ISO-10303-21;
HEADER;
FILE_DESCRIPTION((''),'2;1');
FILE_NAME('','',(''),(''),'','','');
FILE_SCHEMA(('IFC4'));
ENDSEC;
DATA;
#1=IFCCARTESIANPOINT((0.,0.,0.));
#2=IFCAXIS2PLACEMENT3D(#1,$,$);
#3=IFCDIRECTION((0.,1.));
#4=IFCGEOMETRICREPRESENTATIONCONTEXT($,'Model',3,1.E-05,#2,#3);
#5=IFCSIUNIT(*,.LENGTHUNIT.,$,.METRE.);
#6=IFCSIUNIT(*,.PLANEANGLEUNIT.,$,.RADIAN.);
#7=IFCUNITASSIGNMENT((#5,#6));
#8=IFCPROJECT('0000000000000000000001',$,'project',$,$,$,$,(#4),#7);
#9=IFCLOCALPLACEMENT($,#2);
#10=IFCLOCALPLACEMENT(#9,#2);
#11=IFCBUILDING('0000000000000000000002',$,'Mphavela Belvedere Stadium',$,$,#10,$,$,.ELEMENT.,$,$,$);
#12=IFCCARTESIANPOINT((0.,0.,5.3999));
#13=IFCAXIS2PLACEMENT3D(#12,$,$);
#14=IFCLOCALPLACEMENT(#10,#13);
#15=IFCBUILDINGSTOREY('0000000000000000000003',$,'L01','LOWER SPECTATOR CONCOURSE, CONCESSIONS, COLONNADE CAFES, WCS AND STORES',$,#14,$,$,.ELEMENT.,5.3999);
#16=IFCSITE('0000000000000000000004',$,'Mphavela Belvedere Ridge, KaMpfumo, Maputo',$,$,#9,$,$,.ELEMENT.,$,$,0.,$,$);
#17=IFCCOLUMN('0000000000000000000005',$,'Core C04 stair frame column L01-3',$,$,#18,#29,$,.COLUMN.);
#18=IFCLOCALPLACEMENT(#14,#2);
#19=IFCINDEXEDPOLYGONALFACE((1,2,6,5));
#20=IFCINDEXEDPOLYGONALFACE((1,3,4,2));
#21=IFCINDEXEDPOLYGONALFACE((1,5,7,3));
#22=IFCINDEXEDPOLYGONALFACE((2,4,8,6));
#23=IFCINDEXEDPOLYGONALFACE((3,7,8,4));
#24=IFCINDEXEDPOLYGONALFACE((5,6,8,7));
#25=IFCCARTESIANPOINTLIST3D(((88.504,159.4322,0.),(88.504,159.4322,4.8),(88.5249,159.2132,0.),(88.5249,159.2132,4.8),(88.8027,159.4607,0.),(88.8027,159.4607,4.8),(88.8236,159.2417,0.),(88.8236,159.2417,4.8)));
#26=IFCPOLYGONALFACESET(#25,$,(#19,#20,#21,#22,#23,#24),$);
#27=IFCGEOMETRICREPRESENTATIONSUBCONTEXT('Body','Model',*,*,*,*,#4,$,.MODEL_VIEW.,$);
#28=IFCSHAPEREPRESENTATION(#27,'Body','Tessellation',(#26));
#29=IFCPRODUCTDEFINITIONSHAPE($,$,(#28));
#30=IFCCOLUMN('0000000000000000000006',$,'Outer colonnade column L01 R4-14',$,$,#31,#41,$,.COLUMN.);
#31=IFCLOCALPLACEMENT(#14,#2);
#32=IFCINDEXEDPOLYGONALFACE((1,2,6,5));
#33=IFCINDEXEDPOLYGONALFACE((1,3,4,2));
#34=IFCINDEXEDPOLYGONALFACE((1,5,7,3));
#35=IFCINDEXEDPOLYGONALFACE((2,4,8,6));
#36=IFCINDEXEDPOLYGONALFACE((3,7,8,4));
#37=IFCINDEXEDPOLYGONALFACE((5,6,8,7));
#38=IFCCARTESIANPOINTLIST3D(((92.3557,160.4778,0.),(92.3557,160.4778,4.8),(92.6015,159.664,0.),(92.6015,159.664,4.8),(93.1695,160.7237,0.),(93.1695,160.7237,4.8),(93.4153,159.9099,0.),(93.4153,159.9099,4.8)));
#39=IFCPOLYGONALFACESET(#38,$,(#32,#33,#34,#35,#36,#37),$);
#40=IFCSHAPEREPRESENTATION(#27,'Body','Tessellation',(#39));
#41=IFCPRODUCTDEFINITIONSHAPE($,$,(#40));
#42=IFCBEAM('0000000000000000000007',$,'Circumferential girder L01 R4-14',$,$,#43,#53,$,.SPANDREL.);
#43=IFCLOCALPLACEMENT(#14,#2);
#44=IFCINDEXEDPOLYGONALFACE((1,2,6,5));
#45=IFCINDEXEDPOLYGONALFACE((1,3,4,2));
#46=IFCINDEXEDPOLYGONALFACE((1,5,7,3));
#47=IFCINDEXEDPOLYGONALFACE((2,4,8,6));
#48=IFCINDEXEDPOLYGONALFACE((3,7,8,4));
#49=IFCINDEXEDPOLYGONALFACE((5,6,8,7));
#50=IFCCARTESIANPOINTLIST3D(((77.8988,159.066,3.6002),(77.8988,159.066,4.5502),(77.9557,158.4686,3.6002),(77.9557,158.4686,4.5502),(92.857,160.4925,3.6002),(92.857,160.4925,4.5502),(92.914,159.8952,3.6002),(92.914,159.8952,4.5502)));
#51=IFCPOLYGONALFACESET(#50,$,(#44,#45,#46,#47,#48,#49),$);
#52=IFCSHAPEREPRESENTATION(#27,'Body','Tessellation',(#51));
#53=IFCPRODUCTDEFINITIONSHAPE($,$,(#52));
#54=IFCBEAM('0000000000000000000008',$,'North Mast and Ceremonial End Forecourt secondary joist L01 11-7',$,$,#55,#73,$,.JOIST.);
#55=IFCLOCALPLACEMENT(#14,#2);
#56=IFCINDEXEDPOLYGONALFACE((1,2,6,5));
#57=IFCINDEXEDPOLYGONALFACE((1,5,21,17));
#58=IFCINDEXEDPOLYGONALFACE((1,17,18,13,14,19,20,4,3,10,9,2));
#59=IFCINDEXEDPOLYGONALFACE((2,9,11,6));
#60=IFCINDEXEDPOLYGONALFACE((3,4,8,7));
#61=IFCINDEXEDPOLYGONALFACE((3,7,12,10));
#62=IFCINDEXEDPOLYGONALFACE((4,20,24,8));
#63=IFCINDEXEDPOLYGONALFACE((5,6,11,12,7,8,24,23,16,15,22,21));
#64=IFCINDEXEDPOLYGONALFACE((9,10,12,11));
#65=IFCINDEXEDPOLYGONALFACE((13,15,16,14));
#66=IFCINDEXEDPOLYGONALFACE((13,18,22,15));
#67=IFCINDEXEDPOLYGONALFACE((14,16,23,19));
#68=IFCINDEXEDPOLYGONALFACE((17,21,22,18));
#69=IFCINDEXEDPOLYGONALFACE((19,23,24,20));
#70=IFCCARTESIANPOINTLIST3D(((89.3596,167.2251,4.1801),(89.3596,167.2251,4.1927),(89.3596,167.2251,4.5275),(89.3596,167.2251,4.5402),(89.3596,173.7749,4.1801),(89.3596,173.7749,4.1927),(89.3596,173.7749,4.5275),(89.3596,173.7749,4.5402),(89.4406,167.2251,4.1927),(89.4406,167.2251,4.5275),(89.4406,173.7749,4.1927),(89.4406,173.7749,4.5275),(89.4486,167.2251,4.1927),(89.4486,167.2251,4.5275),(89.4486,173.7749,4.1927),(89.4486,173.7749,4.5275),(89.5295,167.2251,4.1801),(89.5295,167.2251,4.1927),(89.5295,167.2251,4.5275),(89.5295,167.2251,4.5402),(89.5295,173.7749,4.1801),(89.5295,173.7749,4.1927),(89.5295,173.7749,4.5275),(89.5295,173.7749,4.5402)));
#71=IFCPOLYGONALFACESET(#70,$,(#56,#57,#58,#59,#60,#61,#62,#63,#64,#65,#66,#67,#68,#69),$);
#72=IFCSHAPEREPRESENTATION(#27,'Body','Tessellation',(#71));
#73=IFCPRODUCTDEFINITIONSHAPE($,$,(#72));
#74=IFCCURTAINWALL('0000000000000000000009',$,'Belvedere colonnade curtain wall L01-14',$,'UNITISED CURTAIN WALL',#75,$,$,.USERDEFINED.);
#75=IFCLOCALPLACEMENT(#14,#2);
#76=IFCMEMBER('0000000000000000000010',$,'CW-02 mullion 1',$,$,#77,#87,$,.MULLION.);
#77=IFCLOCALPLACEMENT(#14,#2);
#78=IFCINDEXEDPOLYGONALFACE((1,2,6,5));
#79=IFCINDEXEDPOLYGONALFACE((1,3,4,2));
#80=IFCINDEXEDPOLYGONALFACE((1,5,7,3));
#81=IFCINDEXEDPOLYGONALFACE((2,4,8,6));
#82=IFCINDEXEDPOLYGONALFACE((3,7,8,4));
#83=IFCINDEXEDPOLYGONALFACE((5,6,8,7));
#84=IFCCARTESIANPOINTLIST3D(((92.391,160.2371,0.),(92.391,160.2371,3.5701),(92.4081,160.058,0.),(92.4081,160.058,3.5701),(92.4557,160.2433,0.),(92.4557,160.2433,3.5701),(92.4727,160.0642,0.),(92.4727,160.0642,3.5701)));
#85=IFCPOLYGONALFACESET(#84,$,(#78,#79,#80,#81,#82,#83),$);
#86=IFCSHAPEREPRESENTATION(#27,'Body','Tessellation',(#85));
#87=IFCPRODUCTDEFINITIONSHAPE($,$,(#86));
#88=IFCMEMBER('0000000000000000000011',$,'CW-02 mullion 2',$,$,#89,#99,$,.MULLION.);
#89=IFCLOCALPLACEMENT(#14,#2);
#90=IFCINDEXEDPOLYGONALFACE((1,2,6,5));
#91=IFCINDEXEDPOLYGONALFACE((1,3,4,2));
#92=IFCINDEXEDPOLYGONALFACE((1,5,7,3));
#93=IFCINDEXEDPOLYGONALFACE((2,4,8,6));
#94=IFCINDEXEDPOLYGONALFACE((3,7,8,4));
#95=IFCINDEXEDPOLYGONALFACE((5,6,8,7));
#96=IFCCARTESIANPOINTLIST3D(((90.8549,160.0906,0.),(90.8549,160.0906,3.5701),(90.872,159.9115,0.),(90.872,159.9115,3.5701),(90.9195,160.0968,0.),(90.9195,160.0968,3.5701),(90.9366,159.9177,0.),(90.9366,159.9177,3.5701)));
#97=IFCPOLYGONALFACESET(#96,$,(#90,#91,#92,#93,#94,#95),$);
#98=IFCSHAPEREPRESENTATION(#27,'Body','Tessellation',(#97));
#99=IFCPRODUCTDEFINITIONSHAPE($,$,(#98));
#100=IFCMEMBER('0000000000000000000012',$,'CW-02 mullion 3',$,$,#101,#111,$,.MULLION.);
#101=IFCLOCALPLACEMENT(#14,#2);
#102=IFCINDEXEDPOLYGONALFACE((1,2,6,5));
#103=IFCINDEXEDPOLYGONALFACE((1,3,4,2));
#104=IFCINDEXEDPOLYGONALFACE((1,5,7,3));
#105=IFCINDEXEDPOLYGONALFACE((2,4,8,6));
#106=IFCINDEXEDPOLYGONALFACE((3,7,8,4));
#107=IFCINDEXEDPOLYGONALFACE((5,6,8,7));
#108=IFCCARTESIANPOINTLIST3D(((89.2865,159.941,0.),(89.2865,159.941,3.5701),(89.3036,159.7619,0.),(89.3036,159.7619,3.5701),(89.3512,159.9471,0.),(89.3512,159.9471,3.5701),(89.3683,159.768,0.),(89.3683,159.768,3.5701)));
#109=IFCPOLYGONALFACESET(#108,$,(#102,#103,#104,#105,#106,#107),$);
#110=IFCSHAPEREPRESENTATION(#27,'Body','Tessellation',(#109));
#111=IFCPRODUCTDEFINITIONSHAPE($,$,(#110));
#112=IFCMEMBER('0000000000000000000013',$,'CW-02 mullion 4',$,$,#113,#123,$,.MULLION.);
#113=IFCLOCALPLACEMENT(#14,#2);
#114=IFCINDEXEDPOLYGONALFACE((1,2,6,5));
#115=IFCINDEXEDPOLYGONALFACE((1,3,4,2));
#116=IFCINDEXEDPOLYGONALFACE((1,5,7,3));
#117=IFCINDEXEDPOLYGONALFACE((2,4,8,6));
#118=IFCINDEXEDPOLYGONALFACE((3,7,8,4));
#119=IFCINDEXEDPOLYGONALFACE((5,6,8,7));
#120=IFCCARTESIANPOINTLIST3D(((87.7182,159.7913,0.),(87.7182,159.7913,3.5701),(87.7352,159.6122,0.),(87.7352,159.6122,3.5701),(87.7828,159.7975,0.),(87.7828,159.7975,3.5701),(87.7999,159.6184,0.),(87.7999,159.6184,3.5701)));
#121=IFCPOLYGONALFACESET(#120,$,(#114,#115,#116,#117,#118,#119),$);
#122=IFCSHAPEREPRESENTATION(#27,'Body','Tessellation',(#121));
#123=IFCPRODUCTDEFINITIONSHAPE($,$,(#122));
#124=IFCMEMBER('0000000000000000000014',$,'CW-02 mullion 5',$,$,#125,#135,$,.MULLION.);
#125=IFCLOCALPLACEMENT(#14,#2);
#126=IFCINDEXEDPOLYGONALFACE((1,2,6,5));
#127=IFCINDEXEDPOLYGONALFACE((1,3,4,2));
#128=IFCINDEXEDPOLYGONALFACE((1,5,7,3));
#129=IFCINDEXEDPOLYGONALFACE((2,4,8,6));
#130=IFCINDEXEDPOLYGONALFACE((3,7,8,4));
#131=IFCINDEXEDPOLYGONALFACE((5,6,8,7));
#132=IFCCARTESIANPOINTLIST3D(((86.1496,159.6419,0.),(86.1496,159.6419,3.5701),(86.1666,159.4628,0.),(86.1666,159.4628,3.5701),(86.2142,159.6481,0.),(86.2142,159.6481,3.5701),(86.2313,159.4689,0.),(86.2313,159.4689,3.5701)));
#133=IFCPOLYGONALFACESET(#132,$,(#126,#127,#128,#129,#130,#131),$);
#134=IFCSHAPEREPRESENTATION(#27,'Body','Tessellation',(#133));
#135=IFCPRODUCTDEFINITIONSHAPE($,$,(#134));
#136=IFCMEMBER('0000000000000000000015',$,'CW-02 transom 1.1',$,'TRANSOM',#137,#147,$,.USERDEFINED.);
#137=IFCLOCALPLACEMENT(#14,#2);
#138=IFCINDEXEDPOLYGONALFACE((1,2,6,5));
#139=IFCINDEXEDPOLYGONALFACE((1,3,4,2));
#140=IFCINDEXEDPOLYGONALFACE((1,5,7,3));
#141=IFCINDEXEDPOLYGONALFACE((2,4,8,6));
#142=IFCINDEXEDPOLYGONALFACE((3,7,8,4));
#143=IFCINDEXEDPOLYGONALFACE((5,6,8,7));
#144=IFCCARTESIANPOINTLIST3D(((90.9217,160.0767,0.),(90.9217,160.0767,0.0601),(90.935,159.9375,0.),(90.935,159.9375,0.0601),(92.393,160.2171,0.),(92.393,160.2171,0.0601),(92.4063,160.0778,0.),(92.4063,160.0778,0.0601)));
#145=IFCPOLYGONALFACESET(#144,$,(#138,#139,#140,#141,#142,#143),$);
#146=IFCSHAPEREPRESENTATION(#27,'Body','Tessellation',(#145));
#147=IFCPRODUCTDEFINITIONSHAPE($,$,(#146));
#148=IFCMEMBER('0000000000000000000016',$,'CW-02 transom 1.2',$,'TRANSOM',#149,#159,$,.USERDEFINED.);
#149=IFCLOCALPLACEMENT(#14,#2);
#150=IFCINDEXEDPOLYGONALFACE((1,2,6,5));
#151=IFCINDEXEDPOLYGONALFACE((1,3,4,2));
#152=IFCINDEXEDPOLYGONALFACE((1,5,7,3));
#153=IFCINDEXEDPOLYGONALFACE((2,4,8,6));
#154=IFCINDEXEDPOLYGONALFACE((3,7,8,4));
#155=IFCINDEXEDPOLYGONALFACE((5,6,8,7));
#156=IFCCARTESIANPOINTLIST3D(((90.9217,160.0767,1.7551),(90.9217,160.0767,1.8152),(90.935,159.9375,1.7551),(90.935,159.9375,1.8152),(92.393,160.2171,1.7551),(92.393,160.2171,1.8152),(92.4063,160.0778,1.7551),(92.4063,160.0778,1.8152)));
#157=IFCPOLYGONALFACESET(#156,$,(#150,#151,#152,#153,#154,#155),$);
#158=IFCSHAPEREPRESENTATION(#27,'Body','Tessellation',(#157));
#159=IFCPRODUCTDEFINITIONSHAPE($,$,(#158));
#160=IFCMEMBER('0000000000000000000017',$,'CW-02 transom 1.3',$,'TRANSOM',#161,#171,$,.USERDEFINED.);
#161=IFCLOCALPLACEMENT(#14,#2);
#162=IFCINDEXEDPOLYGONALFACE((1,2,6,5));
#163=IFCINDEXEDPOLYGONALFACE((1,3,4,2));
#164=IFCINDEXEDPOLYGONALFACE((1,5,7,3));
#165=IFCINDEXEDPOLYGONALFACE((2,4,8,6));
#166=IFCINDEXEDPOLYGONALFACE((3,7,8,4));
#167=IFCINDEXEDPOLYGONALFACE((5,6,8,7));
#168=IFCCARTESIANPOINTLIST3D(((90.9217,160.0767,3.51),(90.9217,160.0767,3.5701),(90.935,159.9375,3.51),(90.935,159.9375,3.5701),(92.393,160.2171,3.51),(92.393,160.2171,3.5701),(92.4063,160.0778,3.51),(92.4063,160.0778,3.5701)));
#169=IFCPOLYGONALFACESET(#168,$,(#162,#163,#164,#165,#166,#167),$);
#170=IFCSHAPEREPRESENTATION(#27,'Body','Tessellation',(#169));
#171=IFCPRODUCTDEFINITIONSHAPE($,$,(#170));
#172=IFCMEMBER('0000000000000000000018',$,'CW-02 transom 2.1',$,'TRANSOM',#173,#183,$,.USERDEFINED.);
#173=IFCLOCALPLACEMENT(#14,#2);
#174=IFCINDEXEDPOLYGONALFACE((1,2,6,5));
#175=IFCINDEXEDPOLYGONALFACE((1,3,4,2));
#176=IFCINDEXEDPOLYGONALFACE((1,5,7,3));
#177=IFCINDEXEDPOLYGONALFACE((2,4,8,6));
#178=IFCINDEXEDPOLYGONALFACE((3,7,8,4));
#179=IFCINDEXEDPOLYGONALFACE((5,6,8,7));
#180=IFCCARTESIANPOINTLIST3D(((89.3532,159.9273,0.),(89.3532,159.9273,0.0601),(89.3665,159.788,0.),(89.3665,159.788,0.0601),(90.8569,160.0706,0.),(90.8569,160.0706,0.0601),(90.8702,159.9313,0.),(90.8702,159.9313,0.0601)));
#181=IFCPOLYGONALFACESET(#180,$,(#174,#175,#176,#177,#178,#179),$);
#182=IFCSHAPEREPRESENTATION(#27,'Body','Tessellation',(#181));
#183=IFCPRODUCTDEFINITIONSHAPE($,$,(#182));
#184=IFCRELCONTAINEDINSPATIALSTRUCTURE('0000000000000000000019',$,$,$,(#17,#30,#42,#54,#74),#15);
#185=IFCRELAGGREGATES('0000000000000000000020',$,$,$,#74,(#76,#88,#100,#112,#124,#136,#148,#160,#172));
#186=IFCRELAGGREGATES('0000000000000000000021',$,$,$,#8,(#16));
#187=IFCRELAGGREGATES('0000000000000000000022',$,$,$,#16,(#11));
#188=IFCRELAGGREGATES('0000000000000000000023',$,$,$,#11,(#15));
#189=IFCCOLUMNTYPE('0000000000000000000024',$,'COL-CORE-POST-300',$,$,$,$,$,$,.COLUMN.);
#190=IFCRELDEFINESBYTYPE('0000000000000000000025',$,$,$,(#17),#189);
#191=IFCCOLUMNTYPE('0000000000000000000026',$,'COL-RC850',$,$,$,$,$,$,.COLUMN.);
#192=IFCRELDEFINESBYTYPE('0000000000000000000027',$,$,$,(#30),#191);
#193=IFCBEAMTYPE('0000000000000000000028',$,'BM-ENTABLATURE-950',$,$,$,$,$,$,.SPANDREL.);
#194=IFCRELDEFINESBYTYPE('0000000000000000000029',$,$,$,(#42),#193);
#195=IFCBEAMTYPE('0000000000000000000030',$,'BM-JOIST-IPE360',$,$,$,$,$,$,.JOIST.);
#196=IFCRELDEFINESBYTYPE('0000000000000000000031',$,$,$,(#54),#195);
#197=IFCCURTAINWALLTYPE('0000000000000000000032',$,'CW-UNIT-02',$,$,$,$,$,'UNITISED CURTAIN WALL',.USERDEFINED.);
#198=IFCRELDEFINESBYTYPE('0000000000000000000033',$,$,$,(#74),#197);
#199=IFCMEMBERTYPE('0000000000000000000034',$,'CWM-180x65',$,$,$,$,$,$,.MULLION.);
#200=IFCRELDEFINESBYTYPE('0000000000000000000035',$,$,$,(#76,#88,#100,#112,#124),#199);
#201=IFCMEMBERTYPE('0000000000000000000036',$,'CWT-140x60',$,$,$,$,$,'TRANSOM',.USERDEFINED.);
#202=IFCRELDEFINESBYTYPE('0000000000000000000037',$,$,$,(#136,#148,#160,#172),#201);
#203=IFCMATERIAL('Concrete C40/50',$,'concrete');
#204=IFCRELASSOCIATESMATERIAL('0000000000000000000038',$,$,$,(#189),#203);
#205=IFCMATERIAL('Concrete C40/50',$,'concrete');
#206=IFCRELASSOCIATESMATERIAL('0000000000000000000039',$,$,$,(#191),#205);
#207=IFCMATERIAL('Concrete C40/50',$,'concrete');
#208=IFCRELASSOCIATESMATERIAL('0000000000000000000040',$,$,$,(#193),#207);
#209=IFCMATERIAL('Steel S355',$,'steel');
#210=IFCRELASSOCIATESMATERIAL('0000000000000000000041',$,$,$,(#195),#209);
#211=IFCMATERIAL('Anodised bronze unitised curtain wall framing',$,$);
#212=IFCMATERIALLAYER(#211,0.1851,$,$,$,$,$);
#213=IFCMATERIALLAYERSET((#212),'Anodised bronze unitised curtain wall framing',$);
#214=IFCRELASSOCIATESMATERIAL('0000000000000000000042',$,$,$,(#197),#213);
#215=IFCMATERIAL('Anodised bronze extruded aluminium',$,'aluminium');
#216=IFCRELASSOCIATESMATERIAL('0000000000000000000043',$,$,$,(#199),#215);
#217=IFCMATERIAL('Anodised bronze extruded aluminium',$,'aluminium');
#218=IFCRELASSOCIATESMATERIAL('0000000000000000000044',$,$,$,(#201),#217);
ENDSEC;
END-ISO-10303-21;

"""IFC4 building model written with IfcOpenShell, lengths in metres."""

from ifc_helpers import new_model, si_unit, direction, frame, origin, origin_2d, place, context, subcontext, project, spatial, rectangle, i_section, extrude, material, layer, layer_set, material_profile, profile_set, type_object, element, aggregate, save


model = new_model("IFC4")

# Units and contexts
model_context = context("Model", 3, precision=1e-05, world=origin(), true_north=direction((0.0, 1.0)))
body_context = subcontext(model_context, "Body", "Model", "MODEL_VIEW")
ifc_project = project(units=[si_unit("LENGTHUNIT", "METRE"), si_unit("PLANEANGLEUNIT", "RADIAN")], contexts=[model_context])

# Site, building, storey
site_placement = place(None, origin())
site = spatial("IfcSite", under=ifc_project, at=site_placement, Name="Mphavela Belvedere Ridge, KaMpfumo, Maputo", CompositionType="ELEMENT", RefElevation=0.0)
building_placement = place(site_placement, origin())
building = spatial("IfcBuilding", under=site, at=building_placement, Name="Mphavela Belvedere Stadium", CompositionType="ELEMENT")
storey_placement = place(building_placement, frame((0.0, 0.0, 5.3999)))
storey = spatial("IfcBuildingStorey", under=building, at=storey_placement, Name="L01", Description="LOWER SPECTATOR CONCOURSE, CONCESSIONS, COLONNADE CAFES, WCS AND STORES", CompositionType="ELEMENT", Elevation=5.3999)

# Columns
ifc_material_1 = material(Name="Concrete C40/50", Category="concrete")
ifc_material_profile_1 = material_profile(ifc_material_1, rectangle(XDim=0.3, YDim=0.22, at=origin_2d()), Name="RC 300x220")
ifc_profile_set_1 = profile_set([ifc_material_profile_1], Name="Concrete C40/50")
column_type_1 = type_object("IfcColumnType", Name="COL-CORE-POST-300", PredefinedType="COLUMN", material=ifc_profile_set_1)
column_1_placement = place(storey_placement, frame((88.6638, 159.3369, 0.0), z_axis=(0.0, 0.0, 1.0), x_axis=(0.995479, 0.094977, 0.0)))
element("IfcColumn", 1, at=column_1_placement, inside=storey, type_object=column_type_1, Name="Core C04 stair frame column L01-3", PredefinedType="COLUMN", context=body_context, shape_type="SweptSolid", body=[
    extrude(rectangle(XDim=0.3, YDim=0.22, at=origin_2d()), origin(), (0.0, 0.0, 1.0), 4.8),
])
ifc_material_2 = material(Name="Concrete C40/50", Category="concrete")
ifc_material_profile_2 = material_profile(ifc_material_2, rectangle(XDim=0.8501, YDim=0.8501, at=origin_2d()), Name="RC 850x850")
ifc_profile_set_2 = profile_set([ifc_material_profile_2], Name="Concrete C40/50")
column_type_2 = type_object("IfcColumnType", Name="COL-RC850", PredefinedType="COLUMN", material=ifc_profile_set_2)
column_2_placement = place(storey_placement, frame((92.8855, 160.1938, 0.0), z_axis=(0.0, 0.0, 1.0), x_axis=(-0.289199, 0.957269, 0.0)))
element("IfcColumn", 2, at=column_2_placement, inside=storey, type_object=column_type_2, Name="Outer colonnade column L01 R4-14", PredefinedType="COLUMN", context=body_context, shape_type="SweptSolid", body=[
    extrude(rectangle(XDim=0.8501, YDim=0.8501, at=origin_2d()), origin(), (0.0, 0.0, 1.0), 4.8),
])

# Beams
ifc_material_3 = material(Name="Concrete C40/50", Category="concrete")
ifc_material_profile_3 = material_profile(ifc_material_3, rectangle(XDim=0.6001, YDim=0.95, at=origin_2d()), Name="RC 600x950")
ifc_profile_set_3 = profile_set([ifc_material_profile_3], Name="Concrete C40/50")
beam_type_1 = type_object("IfcBeamType", Name="BM-ENTABLATURE-950", PredefinedType="SPANDREL", material=ifc_profile_set_3)
beam_1_placement = place(storey_placement, frame((92.8855, 160.1938, 4.0752), z_axis=(-0.995483, -0.094936, 0.0), x_axis=(0.094936, -0.995483, 0.0)))
element("IfcBeam", 3, at=beam_1_placement, inside=storey, type_object=beam_type_1, Name="Circumferential girder L01 R4-14", PredefinedType="SPANDREL", context=body_context, shape_type="SweptSolid", body=[
    extrude(rectangle(XDim=0.6001, YDim=0.95, at=origin_2d()), origin(), (0.0, 0.0, 1.0), 15.0261),
])
ifc_material_4 = material(Name="Steel S355", Category="steel")
ifc_material_profile_4 = material_profile(ifc_material_4, i_section(OverallWidth=0.1699, OverallDepth=0.3601, WebThickness=0.0081, FlangeThickness=0.0127, at=origin_2d()), Name="IPE 360")
ifc_profile_set_4 = profile_set([ifc_material_profile_4], Name="Steel S355")
beam_type_2 = type_object("IfcBeamType", Name="BM-JOIST-IPE360", PredefinedType="JOIST", material=ifc_profile_set_4)
beam_2_placement = place(storey_placement, frame((89.4446, 167.2251, 4.3601), z_axis=(0.0, 1.0, 0.0), x_axis=(-1.0, 0.0, 0.0)))
element("IfcBeam", 4, at=beam_2_placement, inside=storey, type_object=beam_type_2, Name="North Mast and Ceremonial End Forecourt secondary joist L01 11-7", PredefinedType="JOIST", context=body_context, shape_type="SweptSolid", body=[
    extrude(i_section(OverallWidth=0.1699, OverallDepth=0.3601, WebThickness=0.0081, FlangeThickness=0.0127, at=origin_2d()), origin(), (0.0, 0.0, 1.0), 6.5498),
])

# Curtain wall, members
ifc_material_5 = material(Name="Anodised bronze unitised curtain wall framing")
ifc_layer_1 = layer(ifc_material_5, 0.1851)
ifc_layer_set_1 = layer_set([ifc_layer_1], Name="Anodised bronze unitised curtain wall framing")
curtain_wall_type = type_object("IfcCurtainWallType", Name="CW-UNIT-02", ElementType="UNITISED CURTAIN WALL", PredefinedType="USERDEFINED", material=ifc_layer_set_1)
curtain_wall_placement = place(storey_placement, origin())
curtain_wall = element("IfcCurtainWall", 5, at=curtain_wall_placement, inside=storey, type_object=curtain_wall_type, Name="Belvedere colonnade curtain wall L01-14", ObjectType="UNITISED CURTAIN WALL", PredefinedType="USERDEFINED")
ifc_material_6 = material(Name="Anodised bronze extruded aluminium", Category="aluminium")
ifc_material_profile_5 = material_profile(ifc_material_6, rectangle(XDim=0.1799, YDim=0.0649, at=origin_2d()), Name="CW-MUL 180x65")
ifc_profile_set_5 = profile_set([ifc_material_profile_5], Name="Anodised bronze extruded aluminium")
member_type_1 = type_object("IfcMemberType", Name="CWM-180x65", PredefinedType="MULLION", material=ifc_profile_set_5)
member_1_placement = place(storey_placement, frame((92.4319, 160.1506, 0.0), z_axis=(0.0, 0.0, 1.0), x_axis=(0.094922, -0.995485, 0.0)))
member_1 = element("IfcMember", 6, at=member_1_placement, type_object=member_type_1, Name="CW-02 mullion 1", PredefinedType="MULLION", context=body_context, shape_type="SweptSolid", body=[
    extrude(rectangle(XDim=0.1799, YDim=0.0649, at=origin_2d()), origin(), (0.0, 0.0, 1.0), 3.5701),
])
member_2_placement = place(storey_placement, frame((90.8958, 160.0042, 0.0), z_axis=(0.0, 0.0, 1.0), x_axis=(0.094922, -0.995485, 0.0)))
member_2 = element("IfcMember", 7, at=member_2_placement, type_object=member_type_1, Name="CW-02 mullion 2", PredefinedType="MULLION", context=body_context, shape_type="SweptSolid", body=[
    extrude(rectangle(XDim=0.1799, YDim=0.0649, at=origin_2d()), origin(), (0.0, 0.0, 1.0), 3.5701),
])
member_3_placement = place(storey_placement, frame((89.3274, 159.8545, 0.0), z_axis=(0.0, 0.0, 1.0), x_axis=(0.094922, -0.995485, 0.0)))
member_3 = element("IfcMember", 8, at=member_3_placement, type_object=member_type_1, Name="CW-02 mullion 3", PredefinedType="MULLION", context=body_context, shape_type="SweptSolid", body=[
    extrude(rectangle(XDim=0.1799, YDim=0.0649, at=origin_2d()), origin(), (0.0, 0.0, 1.0), 3.5701),
])
member_4_placement = place(storey_placement, frame((87.759, 159.7048, 0.0), z_axis=(0.0, 0.0, 1.0), x_axis=(0.094922, -0.995485, 0.0)))
member_4 = element("IfcMember", 9, at=member_4_placement, type_object=member_type_1, Name="CW-02 mullion 4", PredefinedType="MULLION", context=body_context, shape_type="SweptSolid", body=[
    extrude(rectangle(XDim=0.1799, YDim=0.0649, at=origin_2d()), origin(), (0.0, 0.0, 1.0), 3.5701),
])
member_5_placement = place(storey_placement, frame((86.1904, 159.5554, 0.0), z_axis=(0.0, 0.0, 1.0), x_axis=(0.094922, -0.995485, 0.0)))
member_5 = element("IfcMember", 10, at=member_5_placement, type_object=member_type_1, Name="CW-02 mullion 5", PredefinedType="MULLION", context=body_context, shape_type="SweptSolid", body=[
    extrude(rectangle(XDim=0.1799, YDim=0.0649, at=origin_2d()), origin(), (0.0, 0.0, 1.0), 3.5701),
])
ifc_material_7 = material(Name="Anodised bronze extruded aluminium", Category="aluminium")
ifc_material_profile_6 = material_profile(ifc_material_7, rectangle(XDim=0.1399, YDim=0.0601, at=origin_2d()), Name="CW-TRN 140x60")
ifc_profile_set_6 = profile_set([ifc_material_profile_6], Name="Anodised bronze extruded aluminium")
member_type_2 = type_object("IfcMemberType", Name="CWT-140x60", ElementType="TRANSOM", PredefinedType="USERDEFINED", material=ifc_profile_set_6)
member_6_placement = place(storey_placement, frame((92.3997, 160.1475, 0.03), z_axis=(-0.99548, -0.094973, 0.0), x_axis=(0.094973, -0.99548, 0.0)))
member_6 = element("IfcMember", 11, at=member_6_placement, type_object=member_type_2, Name="CW-02 transom 1.1", ObjectType="TRANSOM", PredefinedType="USERDEFINED", context=body_context, shape_type="SweptSolid", body=[
    extrude(rectangle(XDim=0.1399, YDim=0.0601, at=origin_2d()), origin(), (0.0, 0.0, 1.0), 1.478),
])
member_7_placement = place(storey_placement, frame((92.3997, 160.1475, 1.7852), z_axis=(-0.99548, -0.094973, 0.0), x_axis=(0.094973, -0.99548, 0.0)))
member_7 = element("IfcMember", 12, at=member_7_placement, type_object=member_type_2, Name="CW-02 transom 1.2", ObjectType="TRANSOM", PredefinedType="USERDEFINED", context=body_context, shape_type="SweptSolid", body=[
    extrude(rectangle(XDim=0.1399, YDim=0.0601, at=origin_2d()), origin(), (0.0, 0.0, 1.0), 1.478),
])
member_8_placement = place(storey_placement, frame((92.3997, 160.1475, 3.54), z_axis=(-0.99548, -0.094973, 0.0), x_axis=(0.094973, -0.99548, 0.0)))
member_8 = element("IfcMember", 13, at=member_8_placement, type_object=member_type_2, Name="CW-02 transom 1.3", ObjectType="TRANSOM", PredefinedType="USERDEFINED", context=body_context, shape_type="SweptSolid", body=[
    extrude(rectangle(XDim=0.1399, YDim=0.0601, at=origin_2d()), origin(), (0.0, 0.0, 1.0), 1.478),
])
member_9_placement = place(storey_placement, frame((90.8635, 160.001, 0.03), z_axis=(-0.995489, -0.094878, 0.0), x_axis=(0.094878, -0.995489, 0.0)))
member_9 = element("IfcMember", 14, at=member_9_placement, type_object=member_type_2, Name="CW-02 transom 2.1", ObjectType="TRANSOM", PredefinedType="USERDEFINED", context=body_context, shape_type="SweptSolid", body=[
    extrude(rectangle(XDim=0.1399, YDim=0.0601, at=origin_2d()), origin(), (0.0, 0.0, 1.0), 1.5105),
])
aggregate(curtain_wall, [member_1, member_2, member_3, member_4, member_5, member_6, member_7, member_8, member_9])

save(model, "model.ifc")
